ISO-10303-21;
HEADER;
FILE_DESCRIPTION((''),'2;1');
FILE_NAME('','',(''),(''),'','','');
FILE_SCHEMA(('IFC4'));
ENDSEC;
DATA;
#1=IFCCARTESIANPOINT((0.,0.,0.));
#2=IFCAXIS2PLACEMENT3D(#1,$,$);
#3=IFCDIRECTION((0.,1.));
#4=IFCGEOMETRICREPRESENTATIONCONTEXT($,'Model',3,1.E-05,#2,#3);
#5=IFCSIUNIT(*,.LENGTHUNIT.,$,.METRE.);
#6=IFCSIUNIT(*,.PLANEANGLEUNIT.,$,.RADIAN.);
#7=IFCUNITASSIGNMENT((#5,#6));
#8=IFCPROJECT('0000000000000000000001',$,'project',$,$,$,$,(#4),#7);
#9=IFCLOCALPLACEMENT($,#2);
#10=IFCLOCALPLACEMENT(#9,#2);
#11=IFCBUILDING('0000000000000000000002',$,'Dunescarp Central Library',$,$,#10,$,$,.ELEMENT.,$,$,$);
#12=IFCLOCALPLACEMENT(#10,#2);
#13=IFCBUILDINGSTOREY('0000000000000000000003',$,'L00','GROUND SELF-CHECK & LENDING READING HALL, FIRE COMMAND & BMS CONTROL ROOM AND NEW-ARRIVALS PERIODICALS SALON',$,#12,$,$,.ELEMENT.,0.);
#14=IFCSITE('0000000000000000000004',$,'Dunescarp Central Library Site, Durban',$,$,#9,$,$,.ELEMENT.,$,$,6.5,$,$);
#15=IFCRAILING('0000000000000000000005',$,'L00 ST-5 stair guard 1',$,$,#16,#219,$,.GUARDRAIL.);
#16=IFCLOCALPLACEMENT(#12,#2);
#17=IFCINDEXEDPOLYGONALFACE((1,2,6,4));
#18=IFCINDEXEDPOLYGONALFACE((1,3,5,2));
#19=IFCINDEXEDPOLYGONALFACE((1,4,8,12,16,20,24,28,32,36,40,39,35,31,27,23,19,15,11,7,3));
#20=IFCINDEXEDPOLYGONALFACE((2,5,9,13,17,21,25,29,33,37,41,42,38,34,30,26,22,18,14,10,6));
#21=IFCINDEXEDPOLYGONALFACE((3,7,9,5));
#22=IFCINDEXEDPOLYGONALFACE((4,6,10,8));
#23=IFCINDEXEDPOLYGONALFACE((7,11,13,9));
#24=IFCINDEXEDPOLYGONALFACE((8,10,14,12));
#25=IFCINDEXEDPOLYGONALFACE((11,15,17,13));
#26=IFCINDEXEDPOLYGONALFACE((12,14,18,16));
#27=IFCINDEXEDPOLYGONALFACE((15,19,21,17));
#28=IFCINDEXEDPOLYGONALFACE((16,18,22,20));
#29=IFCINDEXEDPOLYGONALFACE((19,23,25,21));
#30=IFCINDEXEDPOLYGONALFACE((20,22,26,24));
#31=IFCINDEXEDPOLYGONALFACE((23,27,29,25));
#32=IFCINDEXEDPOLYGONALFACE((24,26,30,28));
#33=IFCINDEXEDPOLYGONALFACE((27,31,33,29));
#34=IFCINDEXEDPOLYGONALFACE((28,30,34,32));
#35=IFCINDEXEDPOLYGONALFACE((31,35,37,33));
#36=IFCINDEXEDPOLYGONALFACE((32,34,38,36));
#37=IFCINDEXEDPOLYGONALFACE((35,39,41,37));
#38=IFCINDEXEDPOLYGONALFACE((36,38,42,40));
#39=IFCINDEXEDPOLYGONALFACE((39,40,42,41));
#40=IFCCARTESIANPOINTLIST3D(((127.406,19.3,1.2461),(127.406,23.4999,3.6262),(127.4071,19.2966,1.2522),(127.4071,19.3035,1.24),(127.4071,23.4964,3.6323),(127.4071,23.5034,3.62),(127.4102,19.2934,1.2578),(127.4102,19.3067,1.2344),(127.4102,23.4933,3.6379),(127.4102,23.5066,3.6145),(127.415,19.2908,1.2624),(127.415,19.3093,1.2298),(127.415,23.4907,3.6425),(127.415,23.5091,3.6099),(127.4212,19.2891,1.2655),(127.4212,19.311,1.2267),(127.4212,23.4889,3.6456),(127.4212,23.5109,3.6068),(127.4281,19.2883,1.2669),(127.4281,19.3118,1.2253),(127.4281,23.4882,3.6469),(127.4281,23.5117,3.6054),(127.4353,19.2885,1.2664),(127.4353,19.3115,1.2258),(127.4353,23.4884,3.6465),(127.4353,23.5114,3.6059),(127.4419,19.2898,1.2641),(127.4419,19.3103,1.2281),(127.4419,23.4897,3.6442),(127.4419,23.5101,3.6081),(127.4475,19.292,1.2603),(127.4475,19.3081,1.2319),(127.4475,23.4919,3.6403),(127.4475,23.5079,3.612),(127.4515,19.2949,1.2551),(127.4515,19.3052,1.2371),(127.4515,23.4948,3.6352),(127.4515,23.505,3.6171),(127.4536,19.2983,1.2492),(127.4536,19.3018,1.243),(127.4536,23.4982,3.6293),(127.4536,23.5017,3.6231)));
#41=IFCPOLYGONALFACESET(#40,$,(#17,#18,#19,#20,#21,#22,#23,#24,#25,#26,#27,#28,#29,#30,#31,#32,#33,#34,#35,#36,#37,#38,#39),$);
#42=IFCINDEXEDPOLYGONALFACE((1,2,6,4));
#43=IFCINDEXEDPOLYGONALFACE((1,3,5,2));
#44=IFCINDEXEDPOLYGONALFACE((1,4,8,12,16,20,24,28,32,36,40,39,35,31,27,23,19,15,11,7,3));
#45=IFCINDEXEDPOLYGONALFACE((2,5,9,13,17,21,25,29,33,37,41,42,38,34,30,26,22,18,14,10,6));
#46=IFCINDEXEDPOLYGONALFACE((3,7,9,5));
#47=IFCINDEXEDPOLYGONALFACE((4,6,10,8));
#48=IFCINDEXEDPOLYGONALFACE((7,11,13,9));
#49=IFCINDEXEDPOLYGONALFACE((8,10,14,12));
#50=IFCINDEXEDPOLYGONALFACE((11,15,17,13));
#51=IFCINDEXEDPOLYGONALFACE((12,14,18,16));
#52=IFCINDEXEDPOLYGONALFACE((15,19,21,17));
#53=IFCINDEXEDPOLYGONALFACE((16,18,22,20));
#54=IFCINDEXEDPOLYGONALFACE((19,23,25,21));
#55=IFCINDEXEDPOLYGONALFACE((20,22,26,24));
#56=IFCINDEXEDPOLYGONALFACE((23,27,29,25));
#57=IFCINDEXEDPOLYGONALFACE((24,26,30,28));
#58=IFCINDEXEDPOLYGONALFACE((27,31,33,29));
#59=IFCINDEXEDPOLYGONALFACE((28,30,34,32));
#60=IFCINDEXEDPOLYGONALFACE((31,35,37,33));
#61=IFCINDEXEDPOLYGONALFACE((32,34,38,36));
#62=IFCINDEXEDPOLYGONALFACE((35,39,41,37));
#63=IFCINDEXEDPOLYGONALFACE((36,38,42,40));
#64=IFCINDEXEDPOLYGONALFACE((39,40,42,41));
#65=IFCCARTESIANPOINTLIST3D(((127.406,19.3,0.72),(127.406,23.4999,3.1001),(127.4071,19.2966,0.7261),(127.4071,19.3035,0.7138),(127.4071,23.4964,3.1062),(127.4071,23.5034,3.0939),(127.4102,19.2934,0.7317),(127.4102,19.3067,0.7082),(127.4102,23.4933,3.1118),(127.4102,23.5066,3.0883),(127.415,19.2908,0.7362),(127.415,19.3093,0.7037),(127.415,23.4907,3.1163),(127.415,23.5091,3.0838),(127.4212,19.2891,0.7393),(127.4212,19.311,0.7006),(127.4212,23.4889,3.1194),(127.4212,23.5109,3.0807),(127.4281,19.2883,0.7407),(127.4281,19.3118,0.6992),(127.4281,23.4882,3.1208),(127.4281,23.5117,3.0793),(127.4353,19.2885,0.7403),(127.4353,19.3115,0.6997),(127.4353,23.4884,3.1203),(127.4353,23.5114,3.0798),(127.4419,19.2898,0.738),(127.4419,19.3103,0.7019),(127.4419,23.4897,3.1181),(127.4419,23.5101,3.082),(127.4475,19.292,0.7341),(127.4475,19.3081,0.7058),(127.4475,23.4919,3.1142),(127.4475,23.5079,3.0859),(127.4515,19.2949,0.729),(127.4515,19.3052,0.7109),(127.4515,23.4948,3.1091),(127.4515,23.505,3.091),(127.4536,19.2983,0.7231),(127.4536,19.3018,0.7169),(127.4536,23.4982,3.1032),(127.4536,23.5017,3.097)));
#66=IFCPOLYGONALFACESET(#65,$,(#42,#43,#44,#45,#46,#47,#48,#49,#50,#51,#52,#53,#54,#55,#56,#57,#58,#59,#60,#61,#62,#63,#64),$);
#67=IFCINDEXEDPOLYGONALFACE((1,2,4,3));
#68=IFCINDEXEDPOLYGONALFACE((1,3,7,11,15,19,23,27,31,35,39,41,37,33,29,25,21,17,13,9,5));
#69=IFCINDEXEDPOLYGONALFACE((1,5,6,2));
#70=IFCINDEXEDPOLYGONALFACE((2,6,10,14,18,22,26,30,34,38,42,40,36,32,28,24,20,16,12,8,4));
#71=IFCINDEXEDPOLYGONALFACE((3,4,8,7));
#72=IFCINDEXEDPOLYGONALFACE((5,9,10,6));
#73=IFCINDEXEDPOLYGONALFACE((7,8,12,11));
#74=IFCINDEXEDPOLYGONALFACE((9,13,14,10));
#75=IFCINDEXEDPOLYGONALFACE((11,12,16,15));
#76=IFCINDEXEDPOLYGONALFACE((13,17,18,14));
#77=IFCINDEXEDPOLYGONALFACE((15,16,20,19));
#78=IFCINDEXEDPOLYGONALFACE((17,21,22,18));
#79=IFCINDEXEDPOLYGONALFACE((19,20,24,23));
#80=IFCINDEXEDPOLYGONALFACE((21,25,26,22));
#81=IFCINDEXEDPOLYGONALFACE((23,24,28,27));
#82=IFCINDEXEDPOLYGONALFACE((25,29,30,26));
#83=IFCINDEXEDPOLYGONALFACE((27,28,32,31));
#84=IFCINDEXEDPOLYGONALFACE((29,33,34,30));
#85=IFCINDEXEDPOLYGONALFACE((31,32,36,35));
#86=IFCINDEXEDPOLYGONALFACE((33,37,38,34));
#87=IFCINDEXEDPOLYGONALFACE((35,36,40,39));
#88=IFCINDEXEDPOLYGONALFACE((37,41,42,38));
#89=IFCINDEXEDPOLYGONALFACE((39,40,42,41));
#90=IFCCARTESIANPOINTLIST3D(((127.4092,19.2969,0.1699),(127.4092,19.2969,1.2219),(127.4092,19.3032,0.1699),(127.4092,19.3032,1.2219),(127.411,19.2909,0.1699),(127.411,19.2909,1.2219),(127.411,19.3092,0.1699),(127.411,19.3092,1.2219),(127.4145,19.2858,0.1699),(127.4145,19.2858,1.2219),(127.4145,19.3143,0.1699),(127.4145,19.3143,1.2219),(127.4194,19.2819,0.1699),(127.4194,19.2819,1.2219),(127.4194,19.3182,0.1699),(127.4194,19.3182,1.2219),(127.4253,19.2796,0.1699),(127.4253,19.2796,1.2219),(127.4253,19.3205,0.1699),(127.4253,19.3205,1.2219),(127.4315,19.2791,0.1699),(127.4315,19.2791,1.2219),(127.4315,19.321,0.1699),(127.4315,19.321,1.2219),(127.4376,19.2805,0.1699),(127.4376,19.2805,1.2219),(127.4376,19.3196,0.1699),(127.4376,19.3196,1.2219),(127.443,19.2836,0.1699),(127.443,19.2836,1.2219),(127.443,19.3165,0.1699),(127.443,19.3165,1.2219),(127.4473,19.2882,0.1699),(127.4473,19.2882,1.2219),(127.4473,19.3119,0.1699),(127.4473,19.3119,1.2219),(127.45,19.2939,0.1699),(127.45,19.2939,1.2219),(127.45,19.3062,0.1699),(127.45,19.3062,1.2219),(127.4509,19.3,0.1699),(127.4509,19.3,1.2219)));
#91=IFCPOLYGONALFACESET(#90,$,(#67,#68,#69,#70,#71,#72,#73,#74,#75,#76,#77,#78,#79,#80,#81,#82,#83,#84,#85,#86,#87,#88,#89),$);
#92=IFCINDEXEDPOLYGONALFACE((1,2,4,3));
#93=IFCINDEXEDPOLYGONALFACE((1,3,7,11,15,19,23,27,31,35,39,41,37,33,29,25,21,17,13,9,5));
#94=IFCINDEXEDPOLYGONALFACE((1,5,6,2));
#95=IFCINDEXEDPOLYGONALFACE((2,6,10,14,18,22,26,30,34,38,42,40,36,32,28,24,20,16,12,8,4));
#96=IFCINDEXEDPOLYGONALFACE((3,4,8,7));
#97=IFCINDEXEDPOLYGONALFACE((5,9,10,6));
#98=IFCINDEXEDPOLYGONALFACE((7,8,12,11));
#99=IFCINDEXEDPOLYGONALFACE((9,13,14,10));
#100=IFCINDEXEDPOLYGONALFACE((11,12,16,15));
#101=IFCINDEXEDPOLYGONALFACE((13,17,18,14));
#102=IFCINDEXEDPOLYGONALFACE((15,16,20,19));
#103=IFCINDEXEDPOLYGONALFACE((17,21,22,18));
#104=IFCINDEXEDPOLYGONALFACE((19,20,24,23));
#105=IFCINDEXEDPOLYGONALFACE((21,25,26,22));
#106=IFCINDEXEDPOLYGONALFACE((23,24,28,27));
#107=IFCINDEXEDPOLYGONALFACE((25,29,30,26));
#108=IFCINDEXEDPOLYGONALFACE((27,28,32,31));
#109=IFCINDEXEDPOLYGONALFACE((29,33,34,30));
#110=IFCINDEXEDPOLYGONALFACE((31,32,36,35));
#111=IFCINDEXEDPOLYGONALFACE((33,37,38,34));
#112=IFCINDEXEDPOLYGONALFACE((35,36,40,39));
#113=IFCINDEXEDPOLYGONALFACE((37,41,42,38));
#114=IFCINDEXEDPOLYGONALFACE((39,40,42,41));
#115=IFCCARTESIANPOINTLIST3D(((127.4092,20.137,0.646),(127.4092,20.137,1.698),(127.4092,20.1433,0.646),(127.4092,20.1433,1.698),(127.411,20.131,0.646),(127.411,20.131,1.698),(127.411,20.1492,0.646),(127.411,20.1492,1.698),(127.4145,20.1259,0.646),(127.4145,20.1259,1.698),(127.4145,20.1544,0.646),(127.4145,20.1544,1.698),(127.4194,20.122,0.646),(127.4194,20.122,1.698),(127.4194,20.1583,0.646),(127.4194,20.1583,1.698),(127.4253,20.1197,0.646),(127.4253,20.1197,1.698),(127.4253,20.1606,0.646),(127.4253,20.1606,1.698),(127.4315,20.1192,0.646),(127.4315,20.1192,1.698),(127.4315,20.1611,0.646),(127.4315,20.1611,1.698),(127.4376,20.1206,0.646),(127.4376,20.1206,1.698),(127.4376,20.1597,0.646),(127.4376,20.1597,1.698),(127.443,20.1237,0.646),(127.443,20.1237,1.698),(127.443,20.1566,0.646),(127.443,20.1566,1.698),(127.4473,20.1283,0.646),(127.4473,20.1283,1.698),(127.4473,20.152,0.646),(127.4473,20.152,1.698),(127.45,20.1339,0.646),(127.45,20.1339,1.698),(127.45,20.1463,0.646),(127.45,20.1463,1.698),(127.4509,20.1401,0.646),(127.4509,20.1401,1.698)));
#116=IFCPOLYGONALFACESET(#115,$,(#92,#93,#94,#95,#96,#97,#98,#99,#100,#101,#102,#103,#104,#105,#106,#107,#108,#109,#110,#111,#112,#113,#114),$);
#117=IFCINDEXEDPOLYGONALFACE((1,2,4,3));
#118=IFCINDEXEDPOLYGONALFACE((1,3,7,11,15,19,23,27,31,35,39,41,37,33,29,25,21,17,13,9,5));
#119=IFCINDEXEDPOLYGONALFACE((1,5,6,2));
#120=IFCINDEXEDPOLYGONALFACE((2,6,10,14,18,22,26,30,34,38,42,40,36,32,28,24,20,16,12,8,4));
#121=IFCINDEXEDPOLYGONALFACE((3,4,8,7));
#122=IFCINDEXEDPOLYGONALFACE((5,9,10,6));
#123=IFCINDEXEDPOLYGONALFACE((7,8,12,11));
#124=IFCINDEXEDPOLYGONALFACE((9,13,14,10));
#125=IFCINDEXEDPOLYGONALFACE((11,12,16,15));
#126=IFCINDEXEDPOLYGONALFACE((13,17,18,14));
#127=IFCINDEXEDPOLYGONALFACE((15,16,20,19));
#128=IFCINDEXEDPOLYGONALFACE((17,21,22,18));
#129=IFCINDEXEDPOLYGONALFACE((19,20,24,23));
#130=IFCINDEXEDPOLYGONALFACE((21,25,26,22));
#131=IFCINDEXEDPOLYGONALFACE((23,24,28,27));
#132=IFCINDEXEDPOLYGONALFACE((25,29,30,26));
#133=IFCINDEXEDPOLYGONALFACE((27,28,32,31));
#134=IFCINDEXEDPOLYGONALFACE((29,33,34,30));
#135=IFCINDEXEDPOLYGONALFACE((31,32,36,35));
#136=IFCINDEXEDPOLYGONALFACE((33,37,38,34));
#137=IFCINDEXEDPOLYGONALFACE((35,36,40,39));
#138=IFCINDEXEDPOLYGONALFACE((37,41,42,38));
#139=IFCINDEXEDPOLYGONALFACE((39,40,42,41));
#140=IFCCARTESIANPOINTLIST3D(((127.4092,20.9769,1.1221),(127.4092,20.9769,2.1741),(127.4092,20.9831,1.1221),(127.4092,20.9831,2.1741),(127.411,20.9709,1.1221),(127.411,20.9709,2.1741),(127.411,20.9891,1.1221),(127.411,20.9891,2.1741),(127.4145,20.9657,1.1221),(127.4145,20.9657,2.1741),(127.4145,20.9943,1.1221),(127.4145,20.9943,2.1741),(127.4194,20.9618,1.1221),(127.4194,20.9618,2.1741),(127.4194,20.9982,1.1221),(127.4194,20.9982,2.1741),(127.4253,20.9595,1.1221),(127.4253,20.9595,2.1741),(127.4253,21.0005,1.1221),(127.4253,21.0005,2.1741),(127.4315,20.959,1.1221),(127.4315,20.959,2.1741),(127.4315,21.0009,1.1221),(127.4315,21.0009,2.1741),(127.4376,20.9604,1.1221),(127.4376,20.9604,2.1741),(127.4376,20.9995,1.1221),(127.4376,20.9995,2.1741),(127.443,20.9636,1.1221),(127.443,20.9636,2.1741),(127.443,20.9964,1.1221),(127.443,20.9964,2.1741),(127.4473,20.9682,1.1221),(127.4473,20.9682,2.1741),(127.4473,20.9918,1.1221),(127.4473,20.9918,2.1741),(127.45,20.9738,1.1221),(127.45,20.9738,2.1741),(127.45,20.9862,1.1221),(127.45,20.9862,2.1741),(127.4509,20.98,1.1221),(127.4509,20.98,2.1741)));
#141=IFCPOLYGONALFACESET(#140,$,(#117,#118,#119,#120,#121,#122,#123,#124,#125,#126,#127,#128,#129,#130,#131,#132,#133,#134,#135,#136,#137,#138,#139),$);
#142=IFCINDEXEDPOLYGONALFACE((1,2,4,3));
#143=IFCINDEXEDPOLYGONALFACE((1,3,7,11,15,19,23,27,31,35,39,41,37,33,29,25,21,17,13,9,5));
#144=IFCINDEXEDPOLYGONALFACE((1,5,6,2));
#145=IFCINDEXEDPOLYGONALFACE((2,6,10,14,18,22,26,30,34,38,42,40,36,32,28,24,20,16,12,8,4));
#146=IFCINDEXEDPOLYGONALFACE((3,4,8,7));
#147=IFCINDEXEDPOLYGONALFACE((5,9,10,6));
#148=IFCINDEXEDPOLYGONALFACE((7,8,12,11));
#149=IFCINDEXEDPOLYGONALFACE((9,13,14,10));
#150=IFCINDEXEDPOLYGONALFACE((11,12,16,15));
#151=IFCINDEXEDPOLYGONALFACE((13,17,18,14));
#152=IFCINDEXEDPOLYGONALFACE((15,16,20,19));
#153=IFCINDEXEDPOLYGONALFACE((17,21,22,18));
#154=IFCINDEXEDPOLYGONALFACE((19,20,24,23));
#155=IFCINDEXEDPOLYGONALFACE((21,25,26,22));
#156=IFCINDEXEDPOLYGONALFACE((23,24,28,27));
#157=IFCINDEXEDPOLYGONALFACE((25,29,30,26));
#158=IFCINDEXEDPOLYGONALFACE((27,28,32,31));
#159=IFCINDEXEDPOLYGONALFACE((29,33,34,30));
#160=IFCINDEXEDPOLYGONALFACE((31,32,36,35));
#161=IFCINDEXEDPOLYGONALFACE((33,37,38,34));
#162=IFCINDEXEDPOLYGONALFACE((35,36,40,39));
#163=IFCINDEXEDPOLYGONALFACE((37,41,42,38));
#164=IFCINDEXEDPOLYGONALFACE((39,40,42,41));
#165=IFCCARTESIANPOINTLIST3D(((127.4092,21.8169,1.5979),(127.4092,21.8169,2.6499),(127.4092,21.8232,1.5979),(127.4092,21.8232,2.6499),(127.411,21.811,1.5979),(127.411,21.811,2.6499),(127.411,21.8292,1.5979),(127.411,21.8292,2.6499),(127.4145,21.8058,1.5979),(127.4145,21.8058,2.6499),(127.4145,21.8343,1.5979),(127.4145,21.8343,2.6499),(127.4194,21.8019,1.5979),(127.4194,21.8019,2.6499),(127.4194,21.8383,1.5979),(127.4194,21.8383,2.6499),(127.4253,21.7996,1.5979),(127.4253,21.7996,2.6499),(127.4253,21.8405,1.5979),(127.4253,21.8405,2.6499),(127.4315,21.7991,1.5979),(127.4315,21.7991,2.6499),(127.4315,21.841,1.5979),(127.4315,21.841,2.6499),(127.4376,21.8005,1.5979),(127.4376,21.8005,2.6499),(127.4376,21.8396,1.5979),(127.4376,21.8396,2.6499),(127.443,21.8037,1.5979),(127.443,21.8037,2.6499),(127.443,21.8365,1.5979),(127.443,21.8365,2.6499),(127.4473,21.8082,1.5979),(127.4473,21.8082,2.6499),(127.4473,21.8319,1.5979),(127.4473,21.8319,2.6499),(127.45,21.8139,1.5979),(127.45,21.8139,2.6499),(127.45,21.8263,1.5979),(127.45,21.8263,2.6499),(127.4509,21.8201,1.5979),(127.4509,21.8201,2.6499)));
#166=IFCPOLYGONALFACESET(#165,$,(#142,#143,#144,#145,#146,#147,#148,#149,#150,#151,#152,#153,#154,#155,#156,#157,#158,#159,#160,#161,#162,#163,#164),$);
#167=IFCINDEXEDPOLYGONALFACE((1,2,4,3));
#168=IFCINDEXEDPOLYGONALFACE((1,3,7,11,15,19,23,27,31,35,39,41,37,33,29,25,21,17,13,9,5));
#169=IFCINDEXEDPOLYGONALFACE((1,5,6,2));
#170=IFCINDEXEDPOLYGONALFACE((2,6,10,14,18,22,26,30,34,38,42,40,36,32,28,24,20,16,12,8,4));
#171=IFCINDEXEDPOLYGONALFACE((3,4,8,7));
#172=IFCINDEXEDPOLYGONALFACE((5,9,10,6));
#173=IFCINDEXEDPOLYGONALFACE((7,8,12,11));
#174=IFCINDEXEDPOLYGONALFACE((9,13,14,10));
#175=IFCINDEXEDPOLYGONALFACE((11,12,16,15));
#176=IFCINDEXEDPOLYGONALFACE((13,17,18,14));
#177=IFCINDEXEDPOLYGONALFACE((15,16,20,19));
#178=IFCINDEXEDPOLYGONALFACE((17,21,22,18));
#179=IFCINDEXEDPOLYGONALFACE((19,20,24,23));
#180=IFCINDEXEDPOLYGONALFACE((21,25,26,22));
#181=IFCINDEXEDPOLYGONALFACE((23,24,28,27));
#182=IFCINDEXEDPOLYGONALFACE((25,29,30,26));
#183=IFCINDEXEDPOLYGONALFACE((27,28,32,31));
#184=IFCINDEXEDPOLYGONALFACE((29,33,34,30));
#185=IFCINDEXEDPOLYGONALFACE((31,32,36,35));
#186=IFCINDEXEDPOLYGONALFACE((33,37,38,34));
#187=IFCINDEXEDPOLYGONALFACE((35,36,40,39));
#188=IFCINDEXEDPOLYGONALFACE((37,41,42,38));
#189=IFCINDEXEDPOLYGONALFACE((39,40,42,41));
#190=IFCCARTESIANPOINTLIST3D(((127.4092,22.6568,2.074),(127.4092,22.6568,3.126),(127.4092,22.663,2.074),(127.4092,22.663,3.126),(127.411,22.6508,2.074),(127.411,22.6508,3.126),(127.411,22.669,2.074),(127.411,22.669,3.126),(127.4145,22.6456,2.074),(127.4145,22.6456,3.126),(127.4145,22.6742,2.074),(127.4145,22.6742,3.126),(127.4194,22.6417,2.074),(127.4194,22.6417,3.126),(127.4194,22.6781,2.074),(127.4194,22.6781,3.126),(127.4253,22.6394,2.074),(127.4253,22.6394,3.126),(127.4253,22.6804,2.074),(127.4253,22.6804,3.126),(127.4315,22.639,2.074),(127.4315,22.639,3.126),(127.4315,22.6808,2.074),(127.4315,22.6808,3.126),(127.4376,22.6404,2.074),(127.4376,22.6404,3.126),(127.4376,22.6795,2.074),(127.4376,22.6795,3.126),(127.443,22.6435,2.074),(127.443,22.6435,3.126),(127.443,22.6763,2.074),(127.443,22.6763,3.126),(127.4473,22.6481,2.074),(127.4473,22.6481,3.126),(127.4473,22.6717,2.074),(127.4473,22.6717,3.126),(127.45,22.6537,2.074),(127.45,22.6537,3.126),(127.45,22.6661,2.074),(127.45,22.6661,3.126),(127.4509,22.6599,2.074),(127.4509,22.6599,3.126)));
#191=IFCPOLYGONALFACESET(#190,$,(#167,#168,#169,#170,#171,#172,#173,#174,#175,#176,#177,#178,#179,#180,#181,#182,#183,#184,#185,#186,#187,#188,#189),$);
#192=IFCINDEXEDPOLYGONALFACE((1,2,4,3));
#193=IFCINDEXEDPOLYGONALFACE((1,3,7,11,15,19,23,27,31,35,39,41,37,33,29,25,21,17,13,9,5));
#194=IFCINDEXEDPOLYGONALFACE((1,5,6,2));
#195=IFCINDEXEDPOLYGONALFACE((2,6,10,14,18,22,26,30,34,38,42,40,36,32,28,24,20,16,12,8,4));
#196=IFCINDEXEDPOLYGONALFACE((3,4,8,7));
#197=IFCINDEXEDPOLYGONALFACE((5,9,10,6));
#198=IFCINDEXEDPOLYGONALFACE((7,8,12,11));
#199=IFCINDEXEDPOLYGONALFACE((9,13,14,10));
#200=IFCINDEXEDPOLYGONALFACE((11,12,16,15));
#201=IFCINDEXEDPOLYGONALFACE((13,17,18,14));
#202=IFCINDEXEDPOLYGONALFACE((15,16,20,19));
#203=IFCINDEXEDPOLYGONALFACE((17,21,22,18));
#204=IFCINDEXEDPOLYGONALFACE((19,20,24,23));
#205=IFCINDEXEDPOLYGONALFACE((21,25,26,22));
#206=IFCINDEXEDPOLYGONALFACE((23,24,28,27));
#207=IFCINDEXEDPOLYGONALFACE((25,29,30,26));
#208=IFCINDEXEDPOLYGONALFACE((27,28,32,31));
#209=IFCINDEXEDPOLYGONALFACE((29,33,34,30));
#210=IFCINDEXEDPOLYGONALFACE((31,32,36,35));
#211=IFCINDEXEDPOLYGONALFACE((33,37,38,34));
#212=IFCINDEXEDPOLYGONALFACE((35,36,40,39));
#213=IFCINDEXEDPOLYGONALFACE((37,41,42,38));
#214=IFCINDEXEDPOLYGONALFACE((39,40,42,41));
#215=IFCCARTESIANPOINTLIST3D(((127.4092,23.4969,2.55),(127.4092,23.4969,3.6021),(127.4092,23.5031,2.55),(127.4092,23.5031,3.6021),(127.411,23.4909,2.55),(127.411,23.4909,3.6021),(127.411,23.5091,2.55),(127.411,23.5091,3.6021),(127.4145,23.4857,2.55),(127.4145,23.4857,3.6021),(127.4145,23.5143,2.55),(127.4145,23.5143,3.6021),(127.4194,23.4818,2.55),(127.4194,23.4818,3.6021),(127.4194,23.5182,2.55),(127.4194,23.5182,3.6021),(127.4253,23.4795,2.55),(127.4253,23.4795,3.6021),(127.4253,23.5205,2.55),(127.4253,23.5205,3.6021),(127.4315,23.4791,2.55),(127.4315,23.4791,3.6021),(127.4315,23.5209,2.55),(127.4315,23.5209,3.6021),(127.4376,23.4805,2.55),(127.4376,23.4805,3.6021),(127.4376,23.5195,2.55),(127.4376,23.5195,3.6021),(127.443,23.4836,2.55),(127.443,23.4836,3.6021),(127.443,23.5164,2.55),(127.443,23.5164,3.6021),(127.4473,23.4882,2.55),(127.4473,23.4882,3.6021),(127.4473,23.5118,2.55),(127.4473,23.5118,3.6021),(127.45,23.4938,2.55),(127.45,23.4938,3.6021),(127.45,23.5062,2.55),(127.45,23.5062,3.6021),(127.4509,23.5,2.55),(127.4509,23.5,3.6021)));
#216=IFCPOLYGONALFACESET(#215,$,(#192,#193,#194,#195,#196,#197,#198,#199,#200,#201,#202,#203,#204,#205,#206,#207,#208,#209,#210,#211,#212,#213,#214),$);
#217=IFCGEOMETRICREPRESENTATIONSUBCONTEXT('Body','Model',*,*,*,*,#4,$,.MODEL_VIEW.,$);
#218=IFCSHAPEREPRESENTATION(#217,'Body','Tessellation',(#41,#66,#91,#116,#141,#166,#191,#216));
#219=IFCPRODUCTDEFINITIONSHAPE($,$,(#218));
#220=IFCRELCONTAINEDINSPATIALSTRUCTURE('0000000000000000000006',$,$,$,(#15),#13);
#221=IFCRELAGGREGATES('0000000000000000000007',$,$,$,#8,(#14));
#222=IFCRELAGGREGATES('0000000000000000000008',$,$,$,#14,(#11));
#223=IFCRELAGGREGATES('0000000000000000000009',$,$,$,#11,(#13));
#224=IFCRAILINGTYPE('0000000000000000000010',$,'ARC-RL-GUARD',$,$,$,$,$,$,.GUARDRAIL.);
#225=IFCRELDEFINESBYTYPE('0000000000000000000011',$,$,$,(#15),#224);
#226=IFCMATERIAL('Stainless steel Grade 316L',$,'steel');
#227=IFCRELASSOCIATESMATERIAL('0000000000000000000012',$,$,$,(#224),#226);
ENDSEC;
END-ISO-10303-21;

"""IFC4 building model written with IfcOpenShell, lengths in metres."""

from ifc_helpers import new_model, si_unit, direction, frame, origin, origin_2d, place, context, subcontext, project, spatial, circle, extrude, material, type_object, element, save


model = new_model("IFC4")

# Units and contexts
model_context = context("Model", 3, precision=1e-05, world=origin(), true_north=direction((0.0, 1.0)))
body_context = subcontext(model_context, "Body", "Model", "MODEL_VIEW")
ifc_project = project(units=[si_unit("LENGTHUNIT", "METRE"), si_unit("PLANEANGLEUNIT", "RADIAN")], contexts=[model_context])

# Site, building, storey
site_placement = place(None, origin())
site = spatial("IfcSite", under=ifc_project, at=site_placement, Name="Dunescarp Central Library Site, Durban", CompositionType="ELEMENT", RefElevation=6.5)
building_placement = place(site_placement, origin())
building = spatial("IfcBuilding", under=site, at=building_placement, Name="Dunescarp Central Library", CompositionType="ELEMENT")
storey_placement = place(building_placement, origin())
storey = spatial("IfcBuildingStorey", under=building, at=storey_placement, Name="L00", Description="GROUND SELF-CHECK & LENDING READING HALL, FIRE COMMAND & BMS CONTROL ROOM AND NEW-ARRIVALS PERIODICALS SALON", CompositionType="ELEMENT", Elevation=0.0)

# Railing
ifc_material_1 = material(Name="Stainless steel Grade 316L", Category="steel")
railing_type_1 = type_object("IfcRailingType", Name="ARC-RL-GUARD", PredefinedType="GUARDRAIL", material=ifc_material_1)
railing_1_placement = place(storey_placement, frame((127.4299, 19.3, 0.1699)))
element("IfcRailing", 1, at=railing_1_placement, inside=storey, type_object=railing_type_1, Name="L00 ST-5 stair guard 1", PredefinedType="GUARDRAIL", context=body_context, shape_type="SweptSolid", body=[
    extrude(circle(Radius=0.0239, at=origin_2d()), frame((0.0, 0.0, 1.0762), z_axis=(0.0, 0.870008, 0.493037), x_axis=(-1.0, 0.0, 0.0)), (0.0, 0.0, 1.0), 4.8274),
    extrude(circle(Radius=0.0239, at=origin_2d()), frame((0.0, 0.0, 0.55), z_axis=(0.0, 0.870008, 0.493037), x_axis=(-1.0, 0.0, 0.0)), (0.0, 0.0, 1.0), 4.8274),
    extrude(circle(Radius=0.021, at=origin_2d()), origin(), (0.0, 0.0, 1.0), 1.052),
    extrude(circle(Radius=0.021, at=origin_2d()), frame((0.0, 0.8401, 0.4761)), (0.0, 0.0, 1.0), 1.052),
    extrude(circle(Radius=0.021, at=origin_2d()), frame((0.0, 1.6799, 0.9521)), (0.0, 0.0, 1.0), 1.052),
    extrude(circle(Radius=0.021, at=origin_2d()), frame((0.0, 2.52, 1.428)), (0.0, 0.0, 1.0), 1.052),
    extrude(circle(Radius=0.021, at=origin_2d()), frame((0.0, 3.3599, 1.9041)), (0.0, 0.0, 1.0), 1.052),
    extrude(circle(Radius=0.021, at=origin_2d()), frame((0.0, 4.2, 2.3801)), (0.0, 0.0, 1.0), 1.052),
])

save(model, "model.ifc")
